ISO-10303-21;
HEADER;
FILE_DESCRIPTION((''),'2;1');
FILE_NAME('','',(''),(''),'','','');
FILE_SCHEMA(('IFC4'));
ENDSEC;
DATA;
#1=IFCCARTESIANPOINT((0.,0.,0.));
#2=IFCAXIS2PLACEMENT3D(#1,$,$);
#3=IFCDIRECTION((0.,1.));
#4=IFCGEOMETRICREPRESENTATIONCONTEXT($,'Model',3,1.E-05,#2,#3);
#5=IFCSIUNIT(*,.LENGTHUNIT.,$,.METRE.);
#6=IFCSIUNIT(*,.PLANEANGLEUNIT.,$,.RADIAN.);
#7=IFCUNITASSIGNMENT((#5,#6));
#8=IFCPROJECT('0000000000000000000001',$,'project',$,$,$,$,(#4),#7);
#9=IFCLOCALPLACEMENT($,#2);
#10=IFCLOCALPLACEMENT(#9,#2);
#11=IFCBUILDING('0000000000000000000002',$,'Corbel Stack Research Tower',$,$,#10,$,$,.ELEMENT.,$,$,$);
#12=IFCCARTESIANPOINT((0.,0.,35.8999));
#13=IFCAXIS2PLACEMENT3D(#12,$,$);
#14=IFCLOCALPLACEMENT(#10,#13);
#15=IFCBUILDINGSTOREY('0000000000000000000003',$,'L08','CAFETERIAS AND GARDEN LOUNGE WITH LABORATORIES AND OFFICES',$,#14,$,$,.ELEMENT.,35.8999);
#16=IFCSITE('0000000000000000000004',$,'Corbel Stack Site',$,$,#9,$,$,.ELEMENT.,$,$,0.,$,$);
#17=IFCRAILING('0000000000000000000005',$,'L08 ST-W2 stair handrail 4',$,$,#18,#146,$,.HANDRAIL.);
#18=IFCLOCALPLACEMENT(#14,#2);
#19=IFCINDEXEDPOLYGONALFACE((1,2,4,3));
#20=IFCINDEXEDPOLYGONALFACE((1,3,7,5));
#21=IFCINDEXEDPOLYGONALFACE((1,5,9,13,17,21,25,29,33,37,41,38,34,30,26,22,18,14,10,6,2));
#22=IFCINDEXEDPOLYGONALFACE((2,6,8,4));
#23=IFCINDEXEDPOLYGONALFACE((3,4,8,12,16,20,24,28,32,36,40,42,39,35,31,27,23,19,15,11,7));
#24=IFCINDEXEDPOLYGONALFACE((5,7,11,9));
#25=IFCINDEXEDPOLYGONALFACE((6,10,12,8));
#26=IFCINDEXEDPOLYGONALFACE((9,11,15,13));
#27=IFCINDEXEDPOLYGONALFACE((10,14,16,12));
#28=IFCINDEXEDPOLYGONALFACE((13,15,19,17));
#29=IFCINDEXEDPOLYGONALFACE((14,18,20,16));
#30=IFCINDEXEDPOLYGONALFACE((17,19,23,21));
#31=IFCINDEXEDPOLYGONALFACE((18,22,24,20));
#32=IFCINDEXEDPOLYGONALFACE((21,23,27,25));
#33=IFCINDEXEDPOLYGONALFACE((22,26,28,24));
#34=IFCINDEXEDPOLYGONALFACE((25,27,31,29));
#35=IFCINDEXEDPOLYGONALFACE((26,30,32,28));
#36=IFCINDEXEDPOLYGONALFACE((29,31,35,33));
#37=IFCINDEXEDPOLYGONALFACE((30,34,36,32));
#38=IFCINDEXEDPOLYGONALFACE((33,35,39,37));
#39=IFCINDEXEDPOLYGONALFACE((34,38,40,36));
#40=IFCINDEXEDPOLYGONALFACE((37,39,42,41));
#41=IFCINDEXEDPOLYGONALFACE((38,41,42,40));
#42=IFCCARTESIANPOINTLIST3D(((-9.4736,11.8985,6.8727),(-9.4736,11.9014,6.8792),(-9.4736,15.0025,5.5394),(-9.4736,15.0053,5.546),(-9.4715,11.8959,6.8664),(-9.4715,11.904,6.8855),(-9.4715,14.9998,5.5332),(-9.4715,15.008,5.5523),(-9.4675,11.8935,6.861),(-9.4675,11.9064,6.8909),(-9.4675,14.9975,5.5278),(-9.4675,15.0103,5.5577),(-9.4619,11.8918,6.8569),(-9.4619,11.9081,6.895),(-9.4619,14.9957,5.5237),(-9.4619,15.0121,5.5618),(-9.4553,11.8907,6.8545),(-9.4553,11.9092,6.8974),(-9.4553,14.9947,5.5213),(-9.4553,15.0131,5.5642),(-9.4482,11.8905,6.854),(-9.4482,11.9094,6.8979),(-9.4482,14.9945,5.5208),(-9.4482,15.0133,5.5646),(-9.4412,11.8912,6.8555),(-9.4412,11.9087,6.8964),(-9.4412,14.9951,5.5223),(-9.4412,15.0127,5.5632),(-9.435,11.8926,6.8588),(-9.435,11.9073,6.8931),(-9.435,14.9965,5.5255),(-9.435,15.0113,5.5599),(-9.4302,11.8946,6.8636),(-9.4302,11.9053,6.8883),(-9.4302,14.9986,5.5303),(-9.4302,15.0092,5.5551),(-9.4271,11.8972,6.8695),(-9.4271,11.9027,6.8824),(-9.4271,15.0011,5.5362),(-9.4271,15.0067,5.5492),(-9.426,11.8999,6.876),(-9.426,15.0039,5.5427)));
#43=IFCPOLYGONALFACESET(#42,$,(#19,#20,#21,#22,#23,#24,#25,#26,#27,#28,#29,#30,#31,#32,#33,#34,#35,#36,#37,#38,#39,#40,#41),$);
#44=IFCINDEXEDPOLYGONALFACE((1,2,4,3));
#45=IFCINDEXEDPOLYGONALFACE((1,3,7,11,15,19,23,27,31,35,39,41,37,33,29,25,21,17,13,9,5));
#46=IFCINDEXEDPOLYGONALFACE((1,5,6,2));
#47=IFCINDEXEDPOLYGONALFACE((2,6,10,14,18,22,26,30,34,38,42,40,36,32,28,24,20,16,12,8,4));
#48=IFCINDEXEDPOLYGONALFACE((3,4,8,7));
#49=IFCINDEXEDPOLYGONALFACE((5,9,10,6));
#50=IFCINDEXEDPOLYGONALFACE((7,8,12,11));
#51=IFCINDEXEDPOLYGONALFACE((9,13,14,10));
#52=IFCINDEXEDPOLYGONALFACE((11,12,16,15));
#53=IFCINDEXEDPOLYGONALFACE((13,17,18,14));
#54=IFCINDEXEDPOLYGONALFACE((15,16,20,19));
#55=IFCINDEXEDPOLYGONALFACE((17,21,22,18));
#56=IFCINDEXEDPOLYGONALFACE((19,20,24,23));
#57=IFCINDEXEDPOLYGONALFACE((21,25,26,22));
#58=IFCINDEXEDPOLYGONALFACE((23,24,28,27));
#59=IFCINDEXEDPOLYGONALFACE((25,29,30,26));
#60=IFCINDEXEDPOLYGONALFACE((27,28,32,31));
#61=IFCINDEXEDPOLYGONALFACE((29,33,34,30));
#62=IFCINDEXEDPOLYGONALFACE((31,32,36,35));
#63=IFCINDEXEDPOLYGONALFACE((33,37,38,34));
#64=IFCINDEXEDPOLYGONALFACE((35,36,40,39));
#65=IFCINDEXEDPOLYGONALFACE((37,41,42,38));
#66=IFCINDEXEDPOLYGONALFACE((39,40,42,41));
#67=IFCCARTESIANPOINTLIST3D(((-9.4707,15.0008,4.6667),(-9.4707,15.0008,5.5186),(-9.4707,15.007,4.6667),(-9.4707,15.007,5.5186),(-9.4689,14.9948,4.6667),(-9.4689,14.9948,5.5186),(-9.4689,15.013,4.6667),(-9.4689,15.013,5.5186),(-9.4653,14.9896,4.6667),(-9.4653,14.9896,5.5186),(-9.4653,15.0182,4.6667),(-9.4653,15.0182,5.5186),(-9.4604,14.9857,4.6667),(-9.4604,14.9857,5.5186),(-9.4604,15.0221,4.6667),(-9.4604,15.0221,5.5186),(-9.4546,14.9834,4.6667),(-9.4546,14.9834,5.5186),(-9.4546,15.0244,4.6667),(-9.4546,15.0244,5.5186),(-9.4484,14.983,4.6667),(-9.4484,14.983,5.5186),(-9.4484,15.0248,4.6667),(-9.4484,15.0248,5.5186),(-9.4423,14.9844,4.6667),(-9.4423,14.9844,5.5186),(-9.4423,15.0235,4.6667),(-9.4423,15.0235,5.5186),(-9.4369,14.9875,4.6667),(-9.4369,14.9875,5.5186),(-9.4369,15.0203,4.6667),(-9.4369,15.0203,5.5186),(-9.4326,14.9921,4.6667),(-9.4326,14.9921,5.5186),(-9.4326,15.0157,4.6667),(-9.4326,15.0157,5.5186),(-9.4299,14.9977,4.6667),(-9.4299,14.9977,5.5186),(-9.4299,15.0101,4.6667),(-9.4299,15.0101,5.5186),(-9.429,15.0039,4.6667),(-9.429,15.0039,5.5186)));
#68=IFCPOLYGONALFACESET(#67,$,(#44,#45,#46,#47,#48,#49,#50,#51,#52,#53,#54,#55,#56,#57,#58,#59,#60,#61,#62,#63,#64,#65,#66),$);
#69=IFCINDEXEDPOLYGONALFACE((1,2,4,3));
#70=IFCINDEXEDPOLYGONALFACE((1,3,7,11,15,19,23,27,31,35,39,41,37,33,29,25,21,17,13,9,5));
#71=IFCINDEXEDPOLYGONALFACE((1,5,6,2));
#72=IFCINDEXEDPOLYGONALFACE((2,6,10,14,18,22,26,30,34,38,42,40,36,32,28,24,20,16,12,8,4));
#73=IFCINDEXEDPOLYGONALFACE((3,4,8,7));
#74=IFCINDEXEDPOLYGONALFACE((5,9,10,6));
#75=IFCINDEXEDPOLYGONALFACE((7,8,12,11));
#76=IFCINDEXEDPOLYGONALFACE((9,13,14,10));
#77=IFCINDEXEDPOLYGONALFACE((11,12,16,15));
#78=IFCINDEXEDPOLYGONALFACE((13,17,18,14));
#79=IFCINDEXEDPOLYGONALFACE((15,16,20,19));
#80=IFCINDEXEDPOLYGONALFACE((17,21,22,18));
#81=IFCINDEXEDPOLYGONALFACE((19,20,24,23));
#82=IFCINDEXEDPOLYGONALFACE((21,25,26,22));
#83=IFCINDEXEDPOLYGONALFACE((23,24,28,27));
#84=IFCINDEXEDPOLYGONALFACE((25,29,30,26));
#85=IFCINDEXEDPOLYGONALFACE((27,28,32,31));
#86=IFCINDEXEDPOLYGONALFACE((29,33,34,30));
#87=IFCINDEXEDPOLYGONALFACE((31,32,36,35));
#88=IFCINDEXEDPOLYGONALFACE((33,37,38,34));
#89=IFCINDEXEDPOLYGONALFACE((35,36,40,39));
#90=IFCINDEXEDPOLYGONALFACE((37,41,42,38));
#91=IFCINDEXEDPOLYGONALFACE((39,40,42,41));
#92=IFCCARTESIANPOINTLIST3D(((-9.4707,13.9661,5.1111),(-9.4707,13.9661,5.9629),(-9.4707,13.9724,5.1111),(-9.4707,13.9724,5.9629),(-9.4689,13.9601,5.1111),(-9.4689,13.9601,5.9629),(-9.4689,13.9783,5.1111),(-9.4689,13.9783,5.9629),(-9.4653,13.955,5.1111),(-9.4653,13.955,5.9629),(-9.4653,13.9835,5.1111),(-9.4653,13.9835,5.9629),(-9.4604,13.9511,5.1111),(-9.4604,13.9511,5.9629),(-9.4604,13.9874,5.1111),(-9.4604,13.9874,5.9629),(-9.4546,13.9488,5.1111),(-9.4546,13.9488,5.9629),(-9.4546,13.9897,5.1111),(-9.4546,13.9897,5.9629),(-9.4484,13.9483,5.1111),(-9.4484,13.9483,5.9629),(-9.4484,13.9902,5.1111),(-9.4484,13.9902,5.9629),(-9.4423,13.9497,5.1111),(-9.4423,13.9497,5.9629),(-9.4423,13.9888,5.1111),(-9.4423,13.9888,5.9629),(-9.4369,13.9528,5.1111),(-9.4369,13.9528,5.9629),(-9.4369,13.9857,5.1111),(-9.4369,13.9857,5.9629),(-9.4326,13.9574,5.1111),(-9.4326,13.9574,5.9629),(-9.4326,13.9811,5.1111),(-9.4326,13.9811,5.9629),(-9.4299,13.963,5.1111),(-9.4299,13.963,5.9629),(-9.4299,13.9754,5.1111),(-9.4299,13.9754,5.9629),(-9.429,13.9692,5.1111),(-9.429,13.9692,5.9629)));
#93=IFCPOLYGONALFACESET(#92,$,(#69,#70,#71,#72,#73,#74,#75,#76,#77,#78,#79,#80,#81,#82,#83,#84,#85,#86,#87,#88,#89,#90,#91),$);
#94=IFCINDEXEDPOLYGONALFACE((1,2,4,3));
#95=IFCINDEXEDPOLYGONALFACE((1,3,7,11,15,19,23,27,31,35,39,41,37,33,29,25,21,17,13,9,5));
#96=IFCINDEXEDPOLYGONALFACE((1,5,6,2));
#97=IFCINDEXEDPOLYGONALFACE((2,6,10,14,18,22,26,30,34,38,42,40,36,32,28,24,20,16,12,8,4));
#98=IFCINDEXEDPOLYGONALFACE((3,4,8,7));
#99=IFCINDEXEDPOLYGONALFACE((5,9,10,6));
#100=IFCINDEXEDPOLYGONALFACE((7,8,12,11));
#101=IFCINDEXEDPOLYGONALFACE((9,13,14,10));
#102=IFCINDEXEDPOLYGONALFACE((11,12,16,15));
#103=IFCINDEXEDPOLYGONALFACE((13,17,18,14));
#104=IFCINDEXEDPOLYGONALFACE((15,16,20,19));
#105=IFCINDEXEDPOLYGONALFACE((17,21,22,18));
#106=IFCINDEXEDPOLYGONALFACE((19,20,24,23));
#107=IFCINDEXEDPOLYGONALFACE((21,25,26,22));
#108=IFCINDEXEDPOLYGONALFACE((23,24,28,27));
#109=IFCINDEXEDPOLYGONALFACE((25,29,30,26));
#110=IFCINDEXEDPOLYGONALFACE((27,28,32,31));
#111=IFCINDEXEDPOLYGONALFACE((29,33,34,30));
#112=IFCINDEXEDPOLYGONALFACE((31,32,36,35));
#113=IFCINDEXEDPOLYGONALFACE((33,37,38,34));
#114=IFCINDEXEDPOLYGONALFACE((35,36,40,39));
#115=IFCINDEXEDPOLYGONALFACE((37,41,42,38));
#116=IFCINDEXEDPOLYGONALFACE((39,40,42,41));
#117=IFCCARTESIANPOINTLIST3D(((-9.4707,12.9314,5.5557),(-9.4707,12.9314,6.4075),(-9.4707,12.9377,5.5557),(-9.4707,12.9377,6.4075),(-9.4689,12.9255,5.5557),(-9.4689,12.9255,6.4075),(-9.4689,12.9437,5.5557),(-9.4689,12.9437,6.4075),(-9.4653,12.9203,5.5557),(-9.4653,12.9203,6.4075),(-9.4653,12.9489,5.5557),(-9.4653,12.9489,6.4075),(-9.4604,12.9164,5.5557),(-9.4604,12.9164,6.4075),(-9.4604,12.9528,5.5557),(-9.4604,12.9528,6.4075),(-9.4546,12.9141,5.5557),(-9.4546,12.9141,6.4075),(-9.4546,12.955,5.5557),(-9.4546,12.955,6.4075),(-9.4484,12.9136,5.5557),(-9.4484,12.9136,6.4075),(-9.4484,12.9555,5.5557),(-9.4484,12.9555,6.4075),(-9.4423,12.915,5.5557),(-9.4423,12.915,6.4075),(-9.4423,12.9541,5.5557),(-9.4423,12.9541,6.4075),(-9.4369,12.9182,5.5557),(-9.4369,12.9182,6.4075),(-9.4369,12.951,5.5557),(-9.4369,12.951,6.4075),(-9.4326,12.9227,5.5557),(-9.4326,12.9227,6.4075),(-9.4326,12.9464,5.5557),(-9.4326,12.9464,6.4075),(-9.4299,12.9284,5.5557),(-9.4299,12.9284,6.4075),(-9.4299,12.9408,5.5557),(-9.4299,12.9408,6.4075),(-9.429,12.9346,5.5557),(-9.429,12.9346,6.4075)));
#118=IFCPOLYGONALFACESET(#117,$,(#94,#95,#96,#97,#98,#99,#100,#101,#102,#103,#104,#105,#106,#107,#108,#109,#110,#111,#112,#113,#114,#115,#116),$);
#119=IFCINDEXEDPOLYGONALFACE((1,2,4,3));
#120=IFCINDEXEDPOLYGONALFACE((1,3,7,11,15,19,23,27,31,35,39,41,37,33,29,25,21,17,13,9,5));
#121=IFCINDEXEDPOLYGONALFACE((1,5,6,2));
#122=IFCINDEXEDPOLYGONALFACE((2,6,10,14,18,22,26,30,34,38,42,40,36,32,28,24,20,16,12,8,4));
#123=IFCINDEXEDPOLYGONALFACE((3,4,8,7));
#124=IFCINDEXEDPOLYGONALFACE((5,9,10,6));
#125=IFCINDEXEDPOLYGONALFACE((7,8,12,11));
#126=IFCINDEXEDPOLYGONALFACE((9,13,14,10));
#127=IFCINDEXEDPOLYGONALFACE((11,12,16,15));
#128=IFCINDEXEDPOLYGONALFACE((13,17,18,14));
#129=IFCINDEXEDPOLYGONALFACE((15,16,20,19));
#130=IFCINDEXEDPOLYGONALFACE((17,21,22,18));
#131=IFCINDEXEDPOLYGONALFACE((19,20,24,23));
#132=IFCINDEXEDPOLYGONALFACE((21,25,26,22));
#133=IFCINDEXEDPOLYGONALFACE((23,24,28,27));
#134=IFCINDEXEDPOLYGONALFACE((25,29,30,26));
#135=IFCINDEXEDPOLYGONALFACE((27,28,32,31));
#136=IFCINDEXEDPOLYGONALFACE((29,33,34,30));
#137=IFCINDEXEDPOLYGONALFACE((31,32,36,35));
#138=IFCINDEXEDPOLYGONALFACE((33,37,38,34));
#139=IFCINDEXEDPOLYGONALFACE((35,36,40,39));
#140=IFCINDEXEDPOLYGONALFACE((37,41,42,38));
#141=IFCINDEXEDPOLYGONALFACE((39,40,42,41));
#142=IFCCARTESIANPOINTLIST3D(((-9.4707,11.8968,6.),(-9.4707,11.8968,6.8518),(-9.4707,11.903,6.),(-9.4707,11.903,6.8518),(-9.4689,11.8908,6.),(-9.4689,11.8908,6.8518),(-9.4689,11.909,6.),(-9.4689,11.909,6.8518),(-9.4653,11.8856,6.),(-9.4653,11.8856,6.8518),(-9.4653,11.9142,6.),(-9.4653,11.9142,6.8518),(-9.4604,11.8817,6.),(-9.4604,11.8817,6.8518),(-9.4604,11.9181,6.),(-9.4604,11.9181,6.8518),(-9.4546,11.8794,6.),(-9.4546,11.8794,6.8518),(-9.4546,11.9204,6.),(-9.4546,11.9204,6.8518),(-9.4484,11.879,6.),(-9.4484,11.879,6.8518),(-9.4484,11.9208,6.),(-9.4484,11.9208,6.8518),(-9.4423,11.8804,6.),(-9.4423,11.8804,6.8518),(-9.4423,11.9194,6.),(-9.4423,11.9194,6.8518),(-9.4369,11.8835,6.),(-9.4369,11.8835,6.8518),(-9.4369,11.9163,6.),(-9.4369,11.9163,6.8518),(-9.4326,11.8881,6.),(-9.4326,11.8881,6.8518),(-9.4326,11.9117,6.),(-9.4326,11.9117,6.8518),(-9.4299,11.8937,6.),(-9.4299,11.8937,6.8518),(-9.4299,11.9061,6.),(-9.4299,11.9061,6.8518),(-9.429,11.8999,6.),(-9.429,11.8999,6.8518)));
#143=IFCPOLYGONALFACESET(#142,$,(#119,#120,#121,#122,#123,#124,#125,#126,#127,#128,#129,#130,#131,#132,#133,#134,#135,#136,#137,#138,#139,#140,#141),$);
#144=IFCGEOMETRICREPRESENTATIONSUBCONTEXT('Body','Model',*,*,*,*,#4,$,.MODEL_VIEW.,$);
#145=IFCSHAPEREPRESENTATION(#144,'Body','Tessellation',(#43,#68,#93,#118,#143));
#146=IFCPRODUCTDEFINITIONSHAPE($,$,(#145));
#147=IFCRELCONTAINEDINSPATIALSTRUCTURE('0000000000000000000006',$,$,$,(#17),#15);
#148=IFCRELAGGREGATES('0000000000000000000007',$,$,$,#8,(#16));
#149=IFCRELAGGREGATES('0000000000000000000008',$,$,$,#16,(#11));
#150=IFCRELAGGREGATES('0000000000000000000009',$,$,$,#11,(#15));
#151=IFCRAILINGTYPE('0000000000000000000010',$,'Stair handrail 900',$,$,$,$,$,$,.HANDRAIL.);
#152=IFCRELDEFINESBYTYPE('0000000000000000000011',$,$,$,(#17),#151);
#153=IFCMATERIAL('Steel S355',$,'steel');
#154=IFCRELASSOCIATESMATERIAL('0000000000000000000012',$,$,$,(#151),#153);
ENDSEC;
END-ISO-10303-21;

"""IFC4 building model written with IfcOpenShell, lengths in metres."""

from ifc_helpers import new_model, si_unit, direction, frame, origin, origin_2d, place, context, subcontext, project, spatial, circle, extrude, material, type_object, element, save


model = new_model("IFC4")

# Units and contexts
model_context = context("Model", 3, precision=1e-05, world=origin(), true_north=direction((0.0, 1.0)))
body_context = subcontext(model_context, "Body", "Model", "MODEL_VIEW")
ifc_project = project(units=[si_unit("LENGTHUNIT", "METRE"), si_unit("PLANEANGLEUNIT", "RADIAN")], contexts=[model_context])

# Site, building, storey
site_placement = place(None, origin())
site = spatial("IfcSite", under=ifc_project, at=site_placement, Name="Corbel Stack Site", CompositionType="ELEMENT", RefElevation=0.0)
building_placement = place(site_placement, origin())
building = spatial("IfcBuilding", under=site, at=building_placement, Name="Corbel Stack Research Tower", CompositionType="ELEMENT")
storey_placement = place(building_placement, frame((0.0, 0.0, 35.8999)))
storey = spatial("IfcBuildingStorey", under=building, at=storey_placement, Name="L08", Description="CAFETERIAS AND GARDEN LOUNGE WITH LABORATORIES AND OFFICES", CompositionType="ELEMENT", Elevation=35.8999)

# Railing
ifc_material_1 = material(Name="Steel S355", Category="steel")
railing_type_1 = type_object("IfcRailingType", Name="Stair handrail 900", PredefinedType="HANDRAIL", material=ifc_material_1)
railing_1_placement = place(storey_placement, frame((-9.45, 15.0039, 4.6667)))
element("IfcRailing", 1, at=railing_1_placement, inside=storey, type_object=railing_type_1, Name="L08 ST-W2 stair handrail 4", PredefinedType="HANDRAIL", context=body_context, shape_type="SweptSolid", body=[
    extrude(circle(Radius=0.0239, at=origin_2d()), frame((0.0, 0.0, 0.876), z_axis=(0.0, -0.918827, 0.394661), x_axis=(1.0, 0.0, 0.0)), (0.0, 0.0, 1.0), 3.3782),
    extrude(circle(Radius=0.021, at=origin_2d()), origin(), (0.0, 0.0, 1.0), 0.8518),
    extrude(circle(Radius=0.021, at=origin_2d()), frame((0.0, -1.0347, 0.4443)), (0.0, 0.0, 1.0), 0.8518),
    extrude(circle(Radius=0.021, at=origin_2d()), frame((0.0, -2.0693, 0.8889)), (0.0, 0.0, 1.0), 0.8518),
    extrude(circle(Radius=0.021, at=origin_2d()), frame((0.0, -3.104, 1.3333)), (0.0, 0.0, 1.0), 0.8518),
])

save(model, "model.ifc")
